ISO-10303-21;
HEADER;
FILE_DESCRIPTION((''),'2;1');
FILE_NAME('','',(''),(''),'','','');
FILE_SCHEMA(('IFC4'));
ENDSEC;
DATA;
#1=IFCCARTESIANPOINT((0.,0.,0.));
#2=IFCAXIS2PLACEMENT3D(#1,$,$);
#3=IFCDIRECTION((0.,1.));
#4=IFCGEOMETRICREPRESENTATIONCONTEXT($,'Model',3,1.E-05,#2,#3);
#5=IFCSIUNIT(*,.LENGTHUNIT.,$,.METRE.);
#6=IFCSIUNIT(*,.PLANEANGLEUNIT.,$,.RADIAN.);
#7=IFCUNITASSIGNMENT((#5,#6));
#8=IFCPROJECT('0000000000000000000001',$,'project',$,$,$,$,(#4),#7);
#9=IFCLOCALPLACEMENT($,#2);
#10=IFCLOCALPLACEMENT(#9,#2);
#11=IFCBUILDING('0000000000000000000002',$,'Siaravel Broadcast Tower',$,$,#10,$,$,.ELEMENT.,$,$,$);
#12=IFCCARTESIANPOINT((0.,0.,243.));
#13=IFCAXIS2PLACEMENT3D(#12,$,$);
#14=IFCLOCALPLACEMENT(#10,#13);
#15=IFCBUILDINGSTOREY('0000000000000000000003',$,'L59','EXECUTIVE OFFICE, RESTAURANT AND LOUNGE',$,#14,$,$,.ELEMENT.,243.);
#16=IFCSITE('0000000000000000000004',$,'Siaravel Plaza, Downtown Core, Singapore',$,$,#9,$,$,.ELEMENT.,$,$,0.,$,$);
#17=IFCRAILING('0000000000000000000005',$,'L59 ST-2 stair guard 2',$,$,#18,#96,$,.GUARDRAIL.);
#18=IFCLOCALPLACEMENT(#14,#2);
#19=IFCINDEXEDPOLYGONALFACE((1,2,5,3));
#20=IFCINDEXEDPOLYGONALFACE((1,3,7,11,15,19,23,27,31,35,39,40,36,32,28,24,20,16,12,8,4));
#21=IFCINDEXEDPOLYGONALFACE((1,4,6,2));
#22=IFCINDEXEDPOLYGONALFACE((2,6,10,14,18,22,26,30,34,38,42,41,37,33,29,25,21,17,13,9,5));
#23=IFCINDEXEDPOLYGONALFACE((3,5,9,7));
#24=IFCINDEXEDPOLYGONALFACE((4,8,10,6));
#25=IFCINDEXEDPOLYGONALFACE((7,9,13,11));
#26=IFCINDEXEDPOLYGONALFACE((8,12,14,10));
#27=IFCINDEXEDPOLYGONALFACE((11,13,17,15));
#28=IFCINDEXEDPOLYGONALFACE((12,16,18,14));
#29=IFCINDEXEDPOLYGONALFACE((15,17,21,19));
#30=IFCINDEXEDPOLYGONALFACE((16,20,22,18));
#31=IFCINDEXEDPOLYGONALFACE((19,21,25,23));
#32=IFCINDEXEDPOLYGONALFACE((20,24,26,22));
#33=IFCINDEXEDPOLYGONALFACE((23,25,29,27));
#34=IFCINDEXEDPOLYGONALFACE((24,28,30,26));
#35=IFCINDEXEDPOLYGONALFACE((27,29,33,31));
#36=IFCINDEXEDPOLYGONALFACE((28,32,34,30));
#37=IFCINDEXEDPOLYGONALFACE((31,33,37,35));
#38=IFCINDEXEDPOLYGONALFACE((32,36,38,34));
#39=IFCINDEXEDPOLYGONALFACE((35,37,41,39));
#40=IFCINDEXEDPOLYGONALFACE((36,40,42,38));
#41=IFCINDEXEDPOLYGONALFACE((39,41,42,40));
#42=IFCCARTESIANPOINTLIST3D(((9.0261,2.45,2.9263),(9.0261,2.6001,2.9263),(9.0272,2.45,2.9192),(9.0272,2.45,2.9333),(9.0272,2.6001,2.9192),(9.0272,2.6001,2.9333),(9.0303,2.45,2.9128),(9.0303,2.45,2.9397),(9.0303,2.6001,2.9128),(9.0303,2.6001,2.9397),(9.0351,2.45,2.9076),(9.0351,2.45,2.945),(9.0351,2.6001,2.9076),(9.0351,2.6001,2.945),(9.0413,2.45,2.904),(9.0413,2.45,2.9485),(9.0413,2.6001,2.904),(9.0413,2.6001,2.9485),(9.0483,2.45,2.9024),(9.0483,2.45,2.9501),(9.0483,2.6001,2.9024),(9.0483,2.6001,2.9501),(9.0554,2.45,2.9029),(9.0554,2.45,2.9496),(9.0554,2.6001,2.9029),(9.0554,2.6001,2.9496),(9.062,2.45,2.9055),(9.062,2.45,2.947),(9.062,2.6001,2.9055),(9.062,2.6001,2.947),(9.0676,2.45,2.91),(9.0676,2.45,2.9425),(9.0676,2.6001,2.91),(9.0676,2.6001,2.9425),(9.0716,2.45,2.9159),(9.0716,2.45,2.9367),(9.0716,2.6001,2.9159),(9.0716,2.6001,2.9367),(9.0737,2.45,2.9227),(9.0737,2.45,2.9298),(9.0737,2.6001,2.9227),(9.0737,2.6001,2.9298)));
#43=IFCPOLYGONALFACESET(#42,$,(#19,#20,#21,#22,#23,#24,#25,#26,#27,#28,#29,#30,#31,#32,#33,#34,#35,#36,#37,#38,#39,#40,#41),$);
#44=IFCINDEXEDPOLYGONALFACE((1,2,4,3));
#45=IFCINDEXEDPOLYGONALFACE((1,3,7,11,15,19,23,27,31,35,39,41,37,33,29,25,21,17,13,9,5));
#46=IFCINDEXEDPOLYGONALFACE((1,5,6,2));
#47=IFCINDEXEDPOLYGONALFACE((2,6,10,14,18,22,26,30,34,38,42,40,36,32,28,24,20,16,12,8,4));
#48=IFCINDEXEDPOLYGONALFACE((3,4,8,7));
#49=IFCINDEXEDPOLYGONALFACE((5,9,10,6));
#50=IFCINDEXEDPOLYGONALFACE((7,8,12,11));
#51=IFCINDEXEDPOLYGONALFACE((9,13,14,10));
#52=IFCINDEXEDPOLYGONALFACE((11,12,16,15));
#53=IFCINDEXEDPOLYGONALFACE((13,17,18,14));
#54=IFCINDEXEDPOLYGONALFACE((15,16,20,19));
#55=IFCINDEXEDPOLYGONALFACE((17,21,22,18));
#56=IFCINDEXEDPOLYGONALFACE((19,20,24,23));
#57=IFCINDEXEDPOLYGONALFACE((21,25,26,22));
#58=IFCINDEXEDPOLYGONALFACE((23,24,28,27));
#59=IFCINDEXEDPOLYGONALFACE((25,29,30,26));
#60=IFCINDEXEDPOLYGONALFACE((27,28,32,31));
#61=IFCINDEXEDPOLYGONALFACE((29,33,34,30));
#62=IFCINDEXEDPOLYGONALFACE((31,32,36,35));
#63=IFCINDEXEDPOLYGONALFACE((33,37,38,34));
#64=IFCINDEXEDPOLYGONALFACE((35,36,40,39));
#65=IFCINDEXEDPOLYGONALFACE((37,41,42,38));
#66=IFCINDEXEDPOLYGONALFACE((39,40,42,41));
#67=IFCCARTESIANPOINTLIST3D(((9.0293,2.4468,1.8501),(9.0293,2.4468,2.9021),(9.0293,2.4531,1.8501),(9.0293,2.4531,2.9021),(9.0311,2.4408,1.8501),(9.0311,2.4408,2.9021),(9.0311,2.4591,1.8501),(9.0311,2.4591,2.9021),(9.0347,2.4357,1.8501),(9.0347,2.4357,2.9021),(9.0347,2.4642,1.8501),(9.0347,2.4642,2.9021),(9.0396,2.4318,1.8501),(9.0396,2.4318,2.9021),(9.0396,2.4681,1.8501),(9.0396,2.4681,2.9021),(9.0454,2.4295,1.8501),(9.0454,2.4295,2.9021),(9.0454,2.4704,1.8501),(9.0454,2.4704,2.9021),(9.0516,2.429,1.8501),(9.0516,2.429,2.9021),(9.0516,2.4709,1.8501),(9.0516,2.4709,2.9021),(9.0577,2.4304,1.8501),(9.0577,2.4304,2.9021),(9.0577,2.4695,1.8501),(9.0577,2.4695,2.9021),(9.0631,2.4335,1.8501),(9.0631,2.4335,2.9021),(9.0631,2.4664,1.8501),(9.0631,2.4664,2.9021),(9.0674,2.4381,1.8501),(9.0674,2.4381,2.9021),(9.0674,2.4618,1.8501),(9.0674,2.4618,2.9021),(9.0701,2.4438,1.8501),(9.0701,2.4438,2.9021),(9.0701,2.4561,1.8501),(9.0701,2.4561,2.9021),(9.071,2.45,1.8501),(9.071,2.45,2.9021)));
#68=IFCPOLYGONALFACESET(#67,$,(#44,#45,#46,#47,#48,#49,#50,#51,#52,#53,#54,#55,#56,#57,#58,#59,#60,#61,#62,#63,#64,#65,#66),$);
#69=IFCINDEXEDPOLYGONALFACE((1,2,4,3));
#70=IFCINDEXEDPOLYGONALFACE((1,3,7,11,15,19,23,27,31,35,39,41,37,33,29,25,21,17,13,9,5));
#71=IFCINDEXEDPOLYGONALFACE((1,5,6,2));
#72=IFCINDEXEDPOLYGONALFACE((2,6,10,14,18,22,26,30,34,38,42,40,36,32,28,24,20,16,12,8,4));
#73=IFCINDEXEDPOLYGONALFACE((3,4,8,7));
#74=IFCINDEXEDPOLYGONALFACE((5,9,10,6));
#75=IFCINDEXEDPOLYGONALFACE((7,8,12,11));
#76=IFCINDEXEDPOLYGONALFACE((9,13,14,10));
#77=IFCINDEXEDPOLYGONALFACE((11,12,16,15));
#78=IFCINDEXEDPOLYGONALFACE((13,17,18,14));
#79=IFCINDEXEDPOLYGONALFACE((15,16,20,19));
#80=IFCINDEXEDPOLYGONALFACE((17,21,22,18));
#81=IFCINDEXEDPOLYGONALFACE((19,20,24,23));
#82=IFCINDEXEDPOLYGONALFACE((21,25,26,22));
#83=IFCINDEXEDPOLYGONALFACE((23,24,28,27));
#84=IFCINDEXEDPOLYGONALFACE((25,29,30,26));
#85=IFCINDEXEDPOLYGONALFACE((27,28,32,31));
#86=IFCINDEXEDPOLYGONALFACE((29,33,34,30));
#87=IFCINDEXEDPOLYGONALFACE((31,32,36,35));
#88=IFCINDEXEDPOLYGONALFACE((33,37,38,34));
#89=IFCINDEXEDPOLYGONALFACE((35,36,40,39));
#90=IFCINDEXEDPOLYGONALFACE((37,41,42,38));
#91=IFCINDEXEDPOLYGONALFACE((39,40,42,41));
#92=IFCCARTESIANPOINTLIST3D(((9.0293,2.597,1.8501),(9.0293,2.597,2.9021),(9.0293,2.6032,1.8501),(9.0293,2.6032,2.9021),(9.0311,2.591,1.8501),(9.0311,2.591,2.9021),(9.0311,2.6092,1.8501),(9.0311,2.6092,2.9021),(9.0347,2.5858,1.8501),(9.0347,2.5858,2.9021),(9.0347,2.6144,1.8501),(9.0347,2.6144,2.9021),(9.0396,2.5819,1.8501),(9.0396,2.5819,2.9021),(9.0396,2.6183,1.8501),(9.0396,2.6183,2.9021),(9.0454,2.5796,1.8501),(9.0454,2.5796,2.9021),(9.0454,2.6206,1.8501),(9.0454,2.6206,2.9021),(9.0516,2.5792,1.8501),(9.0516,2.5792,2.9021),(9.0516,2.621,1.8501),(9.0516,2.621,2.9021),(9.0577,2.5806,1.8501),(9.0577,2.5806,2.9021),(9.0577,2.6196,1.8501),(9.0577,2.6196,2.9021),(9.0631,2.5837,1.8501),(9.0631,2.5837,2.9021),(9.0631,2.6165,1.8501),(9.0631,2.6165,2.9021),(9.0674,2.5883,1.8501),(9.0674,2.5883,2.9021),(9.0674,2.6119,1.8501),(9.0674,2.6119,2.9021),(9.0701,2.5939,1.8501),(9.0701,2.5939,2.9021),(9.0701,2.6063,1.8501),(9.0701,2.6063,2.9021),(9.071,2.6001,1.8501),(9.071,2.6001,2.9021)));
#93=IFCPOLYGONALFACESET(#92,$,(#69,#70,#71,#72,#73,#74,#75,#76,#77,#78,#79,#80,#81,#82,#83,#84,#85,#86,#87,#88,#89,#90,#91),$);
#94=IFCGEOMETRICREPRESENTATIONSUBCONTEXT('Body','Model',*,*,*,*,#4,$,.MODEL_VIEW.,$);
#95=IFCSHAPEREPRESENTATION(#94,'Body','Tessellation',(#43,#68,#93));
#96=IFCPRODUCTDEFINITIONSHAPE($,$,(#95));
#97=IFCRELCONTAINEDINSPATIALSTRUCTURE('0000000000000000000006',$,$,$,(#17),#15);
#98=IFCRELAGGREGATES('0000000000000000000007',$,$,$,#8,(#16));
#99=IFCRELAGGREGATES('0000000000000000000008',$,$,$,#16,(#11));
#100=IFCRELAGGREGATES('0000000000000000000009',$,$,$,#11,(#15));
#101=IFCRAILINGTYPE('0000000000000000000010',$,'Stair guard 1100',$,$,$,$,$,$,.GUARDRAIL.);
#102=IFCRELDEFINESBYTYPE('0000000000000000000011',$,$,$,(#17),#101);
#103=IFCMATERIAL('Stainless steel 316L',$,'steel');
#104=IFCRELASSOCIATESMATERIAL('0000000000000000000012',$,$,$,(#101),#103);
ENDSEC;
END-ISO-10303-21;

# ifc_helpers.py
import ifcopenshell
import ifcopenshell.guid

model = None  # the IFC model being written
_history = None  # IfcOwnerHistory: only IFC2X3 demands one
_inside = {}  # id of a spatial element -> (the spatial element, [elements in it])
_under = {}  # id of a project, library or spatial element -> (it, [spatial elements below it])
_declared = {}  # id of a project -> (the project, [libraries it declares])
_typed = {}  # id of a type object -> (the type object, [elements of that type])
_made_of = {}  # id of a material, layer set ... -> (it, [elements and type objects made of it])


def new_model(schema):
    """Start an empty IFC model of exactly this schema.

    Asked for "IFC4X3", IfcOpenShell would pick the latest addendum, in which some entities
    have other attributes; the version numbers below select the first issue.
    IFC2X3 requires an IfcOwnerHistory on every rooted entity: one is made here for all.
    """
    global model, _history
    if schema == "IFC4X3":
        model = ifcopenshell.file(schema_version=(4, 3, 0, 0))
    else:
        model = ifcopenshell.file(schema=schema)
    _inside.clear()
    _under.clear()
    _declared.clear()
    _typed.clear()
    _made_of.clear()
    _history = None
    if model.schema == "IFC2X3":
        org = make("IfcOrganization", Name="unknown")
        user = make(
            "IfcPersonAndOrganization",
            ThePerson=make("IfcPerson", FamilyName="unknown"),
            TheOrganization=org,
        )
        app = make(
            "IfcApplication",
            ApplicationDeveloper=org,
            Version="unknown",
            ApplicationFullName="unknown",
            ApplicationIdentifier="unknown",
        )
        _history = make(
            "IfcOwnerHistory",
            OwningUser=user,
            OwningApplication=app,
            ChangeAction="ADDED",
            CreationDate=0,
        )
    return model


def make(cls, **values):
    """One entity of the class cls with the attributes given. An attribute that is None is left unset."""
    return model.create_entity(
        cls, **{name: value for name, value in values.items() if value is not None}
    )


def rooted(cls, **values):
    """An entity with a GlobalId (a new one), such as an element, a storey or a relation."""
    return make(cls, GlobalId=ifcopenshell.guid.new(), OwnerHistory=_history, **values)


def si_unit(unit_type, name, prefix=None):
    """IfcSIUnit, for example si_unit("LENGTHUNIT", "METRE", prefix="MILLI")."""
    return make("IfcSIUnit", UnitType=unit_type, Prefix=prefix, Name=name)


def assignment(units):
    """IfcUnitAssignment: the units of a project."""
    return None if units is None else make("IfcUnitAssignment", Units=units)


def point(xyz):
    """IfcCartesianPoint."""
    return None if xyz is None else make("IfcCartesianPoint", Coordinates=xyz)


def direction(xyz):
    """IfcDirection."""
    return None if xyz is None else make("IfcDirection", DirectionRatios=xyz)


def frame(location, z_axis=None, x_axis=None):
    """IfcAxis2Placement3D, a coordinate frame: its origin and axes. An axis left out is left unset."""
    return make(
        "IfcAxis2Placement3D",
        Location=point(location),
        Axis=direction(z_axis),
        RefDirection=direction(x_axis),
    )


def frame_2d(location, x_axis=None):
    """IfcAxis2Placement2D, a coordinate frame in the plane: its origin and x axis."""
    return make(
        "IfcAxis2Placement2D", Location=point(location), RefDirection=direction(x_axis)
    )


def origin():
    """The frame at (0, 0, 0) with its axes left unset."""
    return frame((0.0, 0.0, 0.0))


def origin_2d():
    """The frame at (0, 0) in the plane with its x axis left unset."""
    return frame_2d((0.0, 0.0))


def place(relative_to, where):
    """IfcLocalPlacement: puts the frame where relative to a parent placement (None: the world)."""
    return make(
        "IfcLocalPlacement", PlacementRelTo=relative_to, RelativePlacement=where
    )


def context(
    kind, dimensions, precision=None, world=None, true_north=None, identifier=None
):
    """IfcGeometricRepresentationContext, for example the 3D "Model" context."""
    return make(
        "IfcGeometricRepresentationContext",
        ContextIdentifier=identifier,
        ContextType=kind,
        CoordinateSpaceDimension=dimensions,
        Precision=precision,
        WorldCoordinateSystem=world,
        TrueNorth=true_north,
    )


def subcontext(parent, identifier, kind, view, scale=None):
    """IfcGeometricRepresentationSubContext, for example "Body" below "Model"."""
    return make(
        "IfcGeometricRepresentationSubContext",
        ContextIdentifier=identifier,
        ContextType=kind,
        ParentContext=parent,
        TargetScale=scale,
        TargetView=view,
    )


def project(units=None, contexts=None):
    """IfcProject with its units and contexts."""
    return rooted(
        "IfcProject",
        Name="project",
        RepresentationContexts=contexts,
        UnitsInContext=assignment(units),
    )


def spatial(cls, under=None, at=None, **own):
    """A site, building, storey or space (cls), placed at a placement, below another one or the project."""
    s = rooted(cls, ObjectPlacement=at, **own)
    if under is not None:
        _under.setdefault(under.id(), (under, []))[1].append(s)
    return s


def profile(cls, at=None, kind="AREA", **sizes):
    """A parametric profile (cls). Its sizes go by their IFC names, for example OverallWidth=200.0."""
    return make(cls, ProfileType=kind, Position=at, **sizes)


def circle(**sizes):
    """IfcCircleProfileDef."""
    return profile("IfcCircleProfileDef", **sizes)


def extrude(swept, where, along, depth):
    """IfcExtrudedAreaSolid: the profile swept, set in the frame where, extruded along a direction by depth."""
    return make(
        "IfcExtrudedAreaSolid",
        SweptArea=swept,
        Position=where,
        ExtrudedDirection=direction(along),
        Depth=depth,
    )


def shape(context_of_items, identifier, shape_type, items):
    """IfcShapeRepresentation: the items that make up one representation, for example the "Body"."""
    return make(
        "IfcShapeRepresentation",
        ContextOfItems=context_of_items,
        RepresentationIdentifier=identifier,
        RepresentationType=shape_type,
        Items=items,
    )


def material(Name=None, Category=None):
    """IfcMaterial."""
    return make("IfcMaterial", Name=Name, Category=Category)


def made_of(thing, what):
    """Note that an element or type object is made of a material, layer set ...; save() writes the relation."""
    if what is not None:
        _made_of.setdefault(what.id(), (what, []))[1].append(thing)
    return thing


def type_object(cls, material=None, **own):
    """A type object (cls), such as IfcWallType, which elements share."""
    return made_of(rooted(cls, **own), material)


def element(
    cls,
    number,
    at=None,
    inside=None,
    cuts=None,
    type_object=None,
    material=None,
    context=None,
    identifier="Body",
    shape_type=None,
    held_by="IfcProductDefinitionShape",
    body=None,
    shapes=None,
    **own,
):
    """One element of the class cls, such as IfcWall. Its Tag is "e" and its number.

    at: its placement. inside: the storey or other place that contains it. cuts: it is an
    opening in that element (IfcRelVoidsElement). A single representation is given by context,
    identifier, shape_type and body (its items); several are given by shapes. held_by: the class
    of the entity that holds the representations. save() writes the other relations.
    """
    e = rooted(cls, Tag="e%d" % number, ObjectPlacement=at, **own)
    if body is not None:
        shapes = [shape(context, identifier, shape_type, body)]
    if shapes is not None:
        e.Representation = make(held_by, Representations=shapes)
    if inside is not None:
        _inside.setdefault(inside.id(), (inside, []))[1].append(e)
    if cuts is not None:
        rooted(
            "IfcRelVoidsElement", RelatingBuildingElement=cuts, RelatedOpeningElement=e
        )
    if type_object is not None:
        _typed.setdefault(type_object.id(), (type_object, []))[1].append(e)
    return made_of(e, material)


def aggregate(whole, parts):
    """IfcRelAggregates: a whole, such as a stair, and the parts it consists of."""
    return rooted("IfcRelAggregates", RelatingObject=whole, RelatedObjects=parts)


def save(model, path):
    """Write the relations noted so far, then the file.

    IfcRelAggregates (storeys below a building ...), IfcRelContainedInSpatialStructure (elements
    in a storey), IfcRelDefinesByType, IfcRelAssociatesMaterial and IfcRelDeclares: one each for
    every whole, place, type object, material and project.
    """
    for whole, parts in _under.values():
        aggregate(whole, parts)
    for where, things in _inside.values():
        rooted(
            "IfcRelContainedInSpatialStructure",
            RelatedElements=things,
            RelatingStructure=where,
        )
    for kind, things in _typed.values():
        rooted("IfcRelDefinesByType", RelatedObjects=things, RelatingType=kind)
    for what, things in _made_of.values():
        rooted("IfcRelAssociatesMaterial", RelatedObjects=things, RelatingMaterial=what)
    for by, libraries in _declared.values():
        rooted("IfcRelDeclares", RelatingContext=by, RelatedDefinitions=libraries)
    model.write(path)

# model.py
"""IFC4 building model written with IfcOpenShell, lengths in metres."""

from ifc_helpers import new_model, si_unit, direction, frame, origin, origin_2d, place, context, subcontext, project, spatial, circle, extrude, material, type_object, element, save


model = new_model("IFC4")

# Units and contexts
model_context = context("Model", 3, precision=1e-05, world=origin(), true_north=direction((0.0, 1.0)))
body_context = subcontext(model_context, "Body", "Model", "MODEL_VIEW")
ifc_project = project(units=[si_unit("LENGTHUNIT", "METRE"), si_unit("PLANEANGLEUNIT", "RADIAN")], contexts=[model_context])

# Site, building, storey
site_placement = place(None, origin())
site = spatial("IfcSite", under=ifc_project, at=site_placement, Name="Siaravel Plaza, Downtown Core, Singapore", CompositionType="ELEMENT", RefElevation=0.0)
building_placement = place(site_placement, origin())
building = spatial("IfcBuilding", under=site, at=building_placement, Name="Siaravel Broadcast Tower", CompositionType="ELEMENT")
storey_placement = place(building_placement, frame((0.0, 0.0, 243.0)))
storey = spatial("IfcBuildingStorey", under=building, at=storey_placement, Name="L59", Description="EXECUTIVE OFFICE, RESTAURANT AND LOUNGE", CompositionType="ELEMENT", Elevation=243.0)

# Railing
ifc_material_1 = material(Name="Stainless steel 316L", Category="steel")
railing_type_1 = type_object("IfcRailingType", Name="Stair guard 1100", PredefinedType="GUARDRAIL", material=ifc_material_1)
railing_1_placement = place(storey_placement, frame((9.05, 2.45, 1.8501)))
element("IfcRailing", 1, at=railing_1_placement, inside=storey, type_object=railing_type_1, Name="L59 ST-2 stair guard 2", PredefinedType="GUARDRAIL", context=body_context, shape_type="SweptSolid", body=[
    extrude(circle(Radius=0.0239, at=origin_2d()), frame((0.0, 0.0, 1.0762), z_axis=(0.0, 1.0, 0.0), x_axis=(-1.0, 0.0, 0.0)), (0.0, 0.0, 1.0), 0.1501),
    extrude(circle(Radius=0.021, at=origin_2d()), origin(), (0.0, 0.0, 1.0), 1.052),
    extrude(circle(Radius=0.021, at=origin_2d()), frame((0.0, 0.1501, 0.0)), (0.0, 0.0, 1.0), 1.052),
])

save(model, "model.ifc")
